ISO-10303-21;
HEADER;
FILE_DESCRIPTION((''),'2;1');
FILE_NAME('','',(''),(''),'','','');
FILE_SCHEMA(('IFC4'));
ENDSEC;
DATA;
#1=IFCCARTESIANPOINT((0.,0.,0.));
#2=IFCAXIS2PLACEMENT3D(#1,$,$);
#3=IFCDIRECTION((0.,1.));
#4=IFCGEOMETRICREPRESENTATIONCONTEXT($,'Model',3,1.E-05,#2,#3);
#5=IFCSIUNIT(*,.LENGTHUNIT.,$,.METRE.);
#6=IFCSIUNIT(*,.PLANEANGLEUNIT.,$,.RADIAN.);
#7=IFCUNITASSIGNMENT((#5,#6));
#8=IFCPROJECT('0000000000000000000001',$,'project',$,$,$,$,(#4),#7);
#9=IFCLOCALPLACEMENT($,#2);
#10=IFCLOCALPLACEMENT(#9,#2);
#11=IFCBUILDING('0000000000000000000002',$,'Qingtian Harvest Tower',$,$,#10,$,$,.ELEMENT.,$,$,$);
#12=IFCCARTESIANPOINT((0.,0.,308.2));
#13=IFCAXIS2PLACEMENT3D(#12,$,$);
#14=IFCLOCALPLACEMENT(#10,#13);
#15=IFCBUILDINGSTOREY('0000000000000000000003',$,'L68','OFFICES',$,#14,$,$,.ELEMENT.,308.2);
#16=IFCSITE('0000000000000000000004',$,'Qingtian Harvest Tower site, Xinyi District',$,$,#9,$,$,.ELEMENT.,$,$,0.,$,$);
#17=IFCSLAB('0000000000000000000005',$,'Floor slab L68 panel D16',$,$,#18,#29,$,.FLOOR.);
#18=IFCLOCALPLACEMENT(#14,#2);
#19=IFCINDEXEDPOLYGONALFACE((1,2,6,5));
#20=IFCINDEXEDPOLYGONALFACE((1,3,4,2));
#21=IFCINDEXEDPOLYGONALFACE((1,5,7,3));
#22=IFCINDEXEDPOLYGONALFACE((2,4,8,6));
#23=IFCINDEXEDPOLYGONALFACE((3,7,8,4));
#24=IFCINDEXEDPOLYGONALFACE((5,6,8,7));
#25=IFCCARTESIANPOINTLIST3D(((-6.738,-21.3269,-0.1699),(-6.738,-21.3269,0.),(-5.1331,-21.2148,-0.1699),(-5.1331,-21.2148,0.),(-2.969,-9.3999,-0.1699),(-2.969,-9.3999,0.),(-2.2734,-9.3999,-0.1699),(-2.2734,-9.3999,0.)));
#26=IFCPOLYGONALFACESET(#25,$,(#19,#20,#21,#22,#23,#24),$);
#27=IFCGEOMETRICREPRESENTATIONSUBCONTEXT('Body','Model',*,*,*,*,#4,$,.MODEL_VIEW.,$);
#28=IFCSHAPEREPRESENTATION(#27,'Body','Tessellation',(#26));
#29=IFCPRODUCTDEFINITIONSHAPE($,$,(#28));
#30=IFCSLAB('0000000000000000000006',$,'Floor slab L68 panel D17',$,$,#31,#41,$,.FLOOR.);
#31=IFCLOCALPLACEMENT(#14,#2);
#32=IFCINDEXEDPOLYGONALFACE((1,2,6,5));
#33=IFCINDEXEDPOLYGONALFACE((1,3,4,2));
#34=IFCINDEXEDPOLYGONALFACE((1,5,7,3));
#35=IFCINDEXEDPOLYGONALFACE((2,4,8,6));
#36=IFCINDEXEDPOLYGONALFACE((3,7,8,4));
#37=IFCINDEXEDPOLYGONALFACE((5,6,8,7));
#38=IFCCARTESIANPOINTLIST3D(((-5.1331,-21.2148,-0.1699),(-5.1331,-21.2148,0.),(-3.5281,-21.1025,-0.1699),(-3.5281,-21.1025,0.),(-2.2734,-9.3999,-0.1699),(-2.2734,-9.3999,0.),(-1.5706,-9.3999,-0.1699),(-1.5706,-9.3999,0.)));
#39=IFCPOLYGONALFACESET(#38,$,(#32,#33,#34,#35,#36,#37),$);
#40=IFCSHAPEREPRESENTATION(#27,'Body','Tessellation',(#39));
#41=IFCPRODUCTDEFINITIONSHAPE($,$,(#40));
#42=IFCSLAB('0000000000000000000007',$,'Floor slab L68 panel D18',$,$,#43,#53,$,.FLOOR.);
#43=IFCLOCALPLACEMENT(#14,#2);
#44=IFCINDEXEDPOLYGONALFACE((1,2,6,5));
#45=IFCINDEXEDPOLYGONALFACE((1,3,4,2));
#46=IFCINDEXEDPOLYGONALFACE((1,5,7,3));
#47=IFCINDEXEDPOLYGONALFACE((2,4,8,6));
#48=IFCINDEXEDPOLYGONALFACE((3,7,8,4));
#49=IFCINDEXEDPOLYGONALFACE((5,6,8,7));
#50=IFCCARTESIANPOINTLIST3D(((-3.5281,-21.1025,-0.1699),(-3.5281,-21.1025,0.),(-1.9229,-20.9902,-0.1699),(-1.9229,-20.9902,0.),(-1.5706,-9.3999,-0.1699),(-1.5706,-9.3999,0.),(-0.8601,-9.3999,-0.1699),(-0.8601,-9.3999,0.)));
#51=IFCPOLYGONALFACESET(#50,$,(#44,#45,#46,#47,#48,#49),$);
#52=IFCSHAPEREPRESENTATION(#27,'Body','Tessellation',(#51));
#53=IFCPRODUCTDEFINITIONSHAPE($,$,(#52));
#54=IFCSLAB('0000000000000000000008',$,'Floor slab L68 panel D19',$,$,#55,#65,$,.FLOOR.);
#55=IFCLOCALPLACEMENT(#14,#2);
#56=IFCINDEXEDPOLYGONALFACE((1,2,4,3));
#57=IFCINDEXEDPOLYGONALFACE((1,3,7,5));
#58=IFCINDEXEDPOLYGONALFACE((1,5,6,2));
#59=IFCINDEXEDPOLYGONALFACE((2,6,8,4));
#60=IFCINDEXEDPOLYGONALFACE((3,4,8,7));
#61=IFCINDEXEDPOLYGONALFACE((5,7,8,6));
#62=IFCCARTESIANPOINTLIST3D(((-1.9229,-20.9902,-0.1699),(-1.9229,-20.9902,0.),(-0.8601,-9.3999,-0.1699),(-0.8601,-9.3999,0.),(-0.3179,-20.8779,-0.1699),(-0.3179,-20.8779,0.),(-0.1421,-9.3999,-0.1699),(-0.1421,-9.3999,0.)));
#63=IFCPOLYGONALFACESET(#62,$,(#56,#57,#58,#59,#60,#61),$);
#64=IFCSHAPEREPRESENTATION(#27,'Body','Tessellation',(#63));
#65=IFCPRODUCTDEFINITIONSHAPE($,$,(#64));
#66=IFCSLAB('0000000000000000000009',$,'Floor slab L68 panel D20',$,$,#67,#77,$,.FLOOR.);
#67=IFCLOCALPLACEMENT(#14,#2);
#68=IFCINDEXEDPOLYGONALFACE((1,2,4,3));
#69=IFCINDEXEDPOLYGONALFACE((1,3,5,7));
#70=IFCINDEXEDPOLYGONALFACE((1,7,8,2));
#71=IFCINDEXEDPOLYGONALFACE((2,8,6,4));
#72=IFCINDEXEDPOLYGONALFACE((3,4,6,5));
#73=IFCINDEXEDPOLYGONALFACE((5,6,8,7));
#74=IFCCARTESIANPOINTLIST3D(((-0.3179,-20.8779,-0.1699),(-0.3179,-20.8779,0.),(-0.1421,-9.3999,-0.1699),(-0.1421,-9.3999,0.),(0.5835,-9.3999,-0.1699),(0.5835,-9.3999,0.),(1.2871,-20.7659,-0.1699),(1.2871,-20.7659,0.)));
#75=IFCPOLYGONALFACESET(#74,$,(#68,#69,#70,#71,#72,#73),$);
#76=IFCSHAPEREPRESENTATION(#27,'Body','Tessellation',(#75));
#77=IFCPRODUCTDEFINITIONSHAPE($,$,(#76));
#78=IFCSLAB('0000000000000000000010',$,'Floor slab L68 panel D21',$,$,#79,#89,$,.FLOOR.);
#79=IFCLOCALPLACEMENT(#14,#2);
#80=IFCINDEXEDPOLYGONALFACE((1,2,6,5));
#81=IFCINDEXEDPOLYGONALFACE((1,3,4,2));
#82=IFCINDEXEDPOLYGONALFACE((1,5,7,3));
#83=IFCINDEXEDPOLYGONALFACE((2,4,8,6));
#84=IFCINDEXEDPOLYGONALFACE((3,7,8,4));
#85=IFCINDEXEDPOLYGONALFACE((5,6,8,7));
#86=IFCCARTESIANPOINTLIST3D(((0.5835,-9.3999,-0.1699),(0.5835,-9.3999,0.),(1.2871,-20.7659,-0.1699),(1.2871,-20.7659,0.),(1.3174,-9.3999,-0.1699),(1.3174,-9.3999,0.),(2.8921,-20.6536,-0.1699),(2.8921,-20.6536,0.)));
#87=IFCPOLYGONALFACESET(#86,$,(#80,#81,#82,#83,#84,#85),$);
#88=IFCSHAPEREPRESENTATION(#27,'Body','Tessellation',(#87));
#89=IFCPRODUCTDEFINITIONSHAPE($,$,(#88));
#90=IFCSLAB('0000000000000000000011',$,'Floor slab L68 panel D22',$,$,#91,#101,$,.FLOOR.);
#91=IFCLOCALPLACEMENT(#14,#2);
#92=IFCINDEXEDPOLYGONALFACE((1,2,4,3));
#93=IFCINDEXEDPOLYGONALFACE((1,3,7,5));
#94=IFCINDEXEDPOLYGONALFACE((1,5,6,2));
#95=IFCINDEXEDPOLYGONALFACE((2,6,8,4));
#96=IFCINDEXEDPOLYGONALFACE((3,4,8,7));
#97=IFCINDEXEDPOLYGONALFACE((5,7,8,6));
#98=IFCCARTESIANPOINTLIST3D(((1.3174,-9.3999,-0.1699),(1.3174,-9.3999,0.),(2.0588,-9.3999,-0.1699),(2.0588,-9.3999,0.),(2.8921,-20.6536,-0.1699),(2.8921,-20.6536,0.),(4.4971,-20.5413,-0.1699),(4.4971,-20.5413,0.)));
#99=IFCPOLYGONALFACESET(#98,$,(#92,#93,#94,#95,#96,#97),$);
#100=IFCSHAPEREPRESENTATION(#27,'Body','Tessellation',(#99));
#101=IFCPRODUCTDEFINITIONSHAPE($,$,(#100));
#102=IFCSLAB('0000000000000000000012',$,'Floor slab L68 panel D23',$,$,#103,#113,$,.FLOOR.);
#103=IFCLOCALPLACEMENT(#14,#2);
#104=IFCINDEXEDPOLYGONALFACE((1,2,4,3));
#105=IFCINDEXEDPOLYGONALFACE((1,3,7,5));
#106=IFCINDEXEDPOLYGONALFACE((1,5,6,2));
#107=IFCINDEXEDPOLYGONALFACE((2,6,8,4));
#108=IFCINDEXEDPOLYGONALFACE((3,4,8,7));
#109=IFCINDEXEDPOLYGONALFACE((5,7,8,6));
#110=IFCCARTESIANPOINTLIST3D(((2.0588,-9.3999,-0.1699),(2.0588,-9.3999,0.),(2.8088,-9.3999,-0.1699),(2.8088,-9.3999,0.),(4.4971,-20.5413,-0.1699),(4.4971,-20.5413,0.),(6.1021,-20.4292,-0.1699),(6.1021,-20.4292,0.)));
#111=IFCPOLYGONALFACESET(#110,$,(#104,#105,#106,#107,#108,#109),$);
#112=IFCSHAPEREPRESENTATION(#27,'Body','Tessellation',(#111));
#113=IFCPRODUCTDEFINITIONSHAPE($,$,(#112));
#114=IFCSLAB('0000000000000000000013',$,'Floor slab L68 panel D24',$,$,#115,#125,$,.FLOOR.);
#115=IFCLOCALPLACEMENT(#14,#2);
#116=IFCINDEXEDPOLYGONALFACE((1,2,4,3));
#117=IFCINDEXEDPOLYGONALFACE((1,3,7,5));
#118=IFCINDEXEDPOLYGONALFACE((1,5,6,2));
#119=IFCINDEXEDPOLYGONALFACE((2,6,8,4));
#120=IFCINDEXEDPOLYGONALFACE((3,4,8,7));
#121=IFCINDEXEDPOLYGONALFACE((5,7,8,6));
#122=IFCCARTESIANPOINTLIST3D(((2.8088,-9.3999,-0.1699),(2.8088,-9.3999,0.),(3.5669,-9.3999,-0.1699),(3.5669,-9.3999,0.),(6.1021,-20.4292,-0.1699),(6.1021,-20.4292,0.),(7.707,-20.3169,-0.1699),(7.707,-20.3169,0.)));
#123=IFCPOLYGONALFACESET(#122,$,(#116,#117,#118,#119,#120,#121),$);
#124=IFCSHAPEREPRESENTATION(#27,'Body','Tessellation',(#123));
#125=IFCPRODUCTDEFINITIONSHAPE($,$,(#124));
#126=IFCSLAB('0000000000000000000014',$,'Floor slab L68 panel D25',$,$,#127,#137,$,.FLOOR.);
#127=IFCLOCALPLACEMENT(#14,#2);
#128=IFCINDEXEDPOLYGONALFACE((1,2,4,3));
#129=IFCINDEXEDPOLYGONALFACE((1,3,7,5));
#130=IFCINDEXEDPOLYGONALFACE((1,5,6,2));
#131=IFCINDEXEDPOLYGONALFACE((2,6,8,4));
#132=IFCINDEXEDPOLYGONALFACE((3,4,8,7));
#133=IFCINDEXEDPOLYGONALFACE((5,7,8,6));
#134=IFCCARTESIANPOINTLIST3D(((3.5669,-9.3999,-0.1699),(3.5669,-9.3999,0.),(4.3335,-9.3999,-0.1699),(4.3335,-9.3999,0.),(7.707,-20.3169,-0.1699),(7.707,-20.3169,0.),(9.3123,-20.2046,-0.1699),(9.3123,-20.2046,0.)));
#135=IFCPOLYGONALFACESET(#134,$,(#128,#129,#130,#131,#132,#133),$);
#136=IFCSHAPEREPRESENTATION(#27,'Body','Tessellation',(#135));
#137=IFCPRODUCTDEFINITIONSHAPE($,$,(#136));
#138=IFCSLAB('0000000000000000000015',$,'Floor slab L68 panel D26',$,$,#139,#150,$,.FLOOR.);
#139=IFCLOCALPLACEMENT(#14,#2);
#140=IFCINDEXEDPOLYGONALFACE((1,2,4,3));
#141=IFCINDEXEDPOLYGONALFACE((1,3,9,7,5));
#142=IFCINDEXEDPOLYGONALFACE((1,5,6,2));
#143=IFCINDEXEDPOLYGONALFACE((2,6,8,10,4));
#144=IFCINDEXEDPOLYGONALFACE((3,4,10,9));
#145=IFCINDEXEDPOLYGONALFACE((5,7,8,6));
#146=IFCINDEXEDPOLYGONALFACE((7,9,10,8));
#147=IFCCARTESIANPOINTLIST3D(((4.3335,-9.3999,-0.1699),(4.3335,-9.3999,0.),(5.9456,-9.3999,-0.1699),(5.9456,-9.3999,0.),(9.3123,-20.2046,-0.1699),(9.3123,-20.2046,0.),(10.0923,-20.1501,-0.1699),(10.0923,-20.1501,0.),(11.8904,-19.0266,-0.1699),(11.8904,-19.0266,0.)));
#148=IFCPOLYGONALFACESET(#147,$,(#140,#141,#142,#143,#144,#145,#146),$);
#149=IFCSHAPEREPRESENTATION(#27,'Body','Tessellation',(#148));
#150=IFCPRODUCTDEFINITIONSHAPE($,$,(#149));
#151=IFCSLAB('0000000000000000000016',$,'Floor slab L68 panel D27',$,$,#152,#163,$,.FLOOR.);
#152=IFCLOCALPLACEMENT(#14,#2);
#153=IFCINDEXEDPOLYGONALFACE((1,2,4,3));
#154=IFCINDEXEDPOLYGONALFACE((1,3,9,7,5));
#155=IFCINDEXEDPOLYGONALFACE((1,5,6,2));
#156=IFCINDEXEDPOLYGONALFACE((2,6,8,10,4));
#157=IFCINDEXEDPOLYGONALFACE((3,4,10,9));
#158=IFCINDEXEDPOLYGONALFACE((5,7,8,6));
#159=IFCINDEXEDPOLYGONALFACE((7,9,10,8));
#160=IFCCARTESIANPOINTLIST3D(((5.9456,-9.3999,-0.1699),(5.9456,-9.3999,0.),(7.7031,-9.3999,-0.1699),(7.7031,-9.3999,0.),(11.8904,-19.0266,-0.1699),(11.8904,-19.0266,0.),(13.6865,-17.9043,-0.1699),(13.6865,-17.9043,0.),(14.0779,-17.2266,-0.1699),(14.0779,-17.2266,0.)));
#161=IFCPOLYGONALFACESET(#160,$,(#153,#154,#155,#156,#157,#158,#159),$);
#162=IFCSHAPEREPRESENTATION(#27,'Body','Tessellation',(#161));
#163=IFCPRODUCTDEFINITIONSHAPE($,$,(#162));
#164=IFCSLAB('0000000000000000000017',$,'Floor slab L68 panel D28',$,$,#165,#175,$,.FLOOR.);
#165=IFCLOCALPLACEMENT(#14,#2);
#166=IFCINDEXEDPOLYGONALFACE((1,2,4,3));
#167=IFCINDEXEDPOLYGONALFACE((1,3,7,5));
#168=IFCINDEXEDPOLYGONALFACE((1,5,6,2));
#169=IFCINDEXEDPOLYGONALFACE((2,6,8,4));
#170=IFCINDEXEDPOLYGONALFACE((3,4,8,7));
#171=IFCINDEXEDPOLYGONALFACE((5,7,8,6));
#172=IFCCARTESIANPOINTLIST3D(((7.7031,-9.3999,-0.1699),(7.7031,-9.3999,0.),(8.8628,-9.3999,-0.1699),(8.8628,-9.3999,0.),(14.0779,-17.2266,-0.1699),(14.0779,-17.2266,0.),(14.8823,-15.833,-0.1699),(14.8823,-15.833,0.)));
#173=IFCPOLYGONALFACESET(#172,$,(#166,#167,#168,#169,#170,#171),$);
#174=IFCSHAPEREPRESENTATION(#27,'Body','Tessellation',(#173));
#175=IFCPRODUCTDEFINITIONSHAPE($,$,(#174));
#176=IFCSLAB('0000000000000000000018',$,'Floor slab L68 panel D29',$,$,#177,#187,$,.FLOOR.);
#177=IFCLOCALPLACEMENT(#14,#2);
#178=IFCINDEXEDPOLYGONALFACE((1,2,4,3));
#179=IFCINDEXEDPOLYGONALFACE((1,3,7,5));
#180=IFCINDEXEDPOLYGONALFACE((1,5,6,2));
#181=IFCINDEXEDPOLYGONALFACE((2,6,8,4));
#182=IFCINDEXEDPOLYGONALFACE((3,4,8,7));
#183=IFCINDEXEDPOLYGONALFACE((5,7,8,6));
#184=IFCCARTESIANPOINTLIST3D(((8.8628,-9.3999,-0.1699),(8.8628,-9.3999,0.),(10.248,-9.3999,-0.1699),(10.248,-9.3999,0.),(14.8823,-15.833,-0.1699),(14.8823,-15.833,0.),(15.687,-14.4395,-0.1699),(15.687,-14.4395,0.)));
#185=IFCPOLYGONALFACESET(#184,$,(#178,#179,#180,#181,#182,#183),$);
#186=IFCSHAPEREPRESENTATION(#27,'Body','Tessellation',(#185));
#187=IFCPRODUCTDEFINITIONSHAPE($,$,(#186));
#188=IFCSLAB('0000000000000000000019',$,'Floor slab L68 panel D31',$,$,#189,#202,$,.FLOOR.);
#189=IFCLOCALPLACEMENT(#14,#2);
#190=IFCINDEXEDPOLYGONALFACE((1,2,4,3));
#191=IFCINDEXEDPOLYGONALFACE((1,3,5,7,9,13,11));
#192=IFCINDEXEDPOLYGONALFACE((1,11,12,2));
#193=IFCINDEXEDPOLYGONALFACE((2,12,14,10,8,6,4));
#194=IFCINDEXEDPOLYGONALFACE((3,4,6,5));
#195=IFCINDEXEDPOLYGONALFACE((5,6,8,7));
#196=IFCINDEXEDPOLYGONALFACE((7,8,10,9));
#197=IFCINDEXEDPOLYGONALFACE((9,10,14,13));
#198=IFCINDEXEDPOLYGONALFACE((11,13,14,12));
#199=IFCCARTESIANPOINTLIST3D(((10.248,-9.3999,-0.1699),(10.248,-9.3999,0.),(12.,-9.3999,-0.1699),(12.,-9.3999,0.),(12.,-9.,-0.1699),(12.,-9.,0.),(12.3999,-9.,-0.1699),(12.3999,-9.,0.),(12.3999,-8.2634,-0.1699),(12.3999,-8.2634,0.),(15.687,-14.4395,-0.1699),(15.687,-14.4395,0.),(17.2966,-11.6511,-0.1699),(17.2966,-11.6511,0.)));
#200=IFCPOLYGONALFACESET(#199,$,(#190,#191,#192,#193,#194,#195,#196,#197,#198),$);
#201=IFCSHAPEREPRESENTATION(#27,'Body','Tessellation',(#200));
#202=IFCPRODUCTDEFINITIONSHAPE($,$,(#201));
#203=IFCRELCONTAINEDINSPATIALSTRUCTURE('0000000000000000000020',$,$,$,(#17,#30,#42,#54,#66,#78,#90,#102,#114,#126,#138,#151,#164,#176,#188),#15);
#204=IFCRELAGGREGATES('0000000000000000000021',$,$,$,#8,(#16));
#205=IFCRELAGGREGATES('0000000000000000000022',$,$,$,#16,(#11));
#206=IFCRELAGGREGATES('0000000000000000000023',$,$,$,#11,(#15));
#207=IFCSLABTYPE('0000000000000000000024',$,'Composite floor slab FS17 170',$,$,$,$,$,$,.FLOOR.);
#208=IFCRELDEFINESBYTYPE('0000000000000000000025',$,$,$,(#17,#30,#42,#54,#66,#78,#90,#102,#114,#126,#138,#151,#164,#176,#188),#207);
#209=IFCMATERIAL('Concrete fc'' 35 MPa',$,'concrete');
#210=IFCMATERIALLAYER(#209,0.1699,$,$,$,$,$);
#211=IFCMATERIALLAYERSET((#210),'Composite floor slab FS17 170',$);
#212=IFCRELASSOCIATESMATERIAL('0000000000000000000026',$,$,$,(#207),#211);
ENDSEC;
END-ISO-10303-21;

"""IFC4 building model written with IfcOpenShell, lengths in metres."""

from ifc_helpers import new_model, si_unit, direction, frame, origin, place, context, subcontext, project, spatial, polyline, outline, extrude, material, layer, layer_set, type_object, element, save


model = new_model("IFC4")

# Units and contexts
model_context = context("Model", 3, precision=1e-05, world=origin(), true_north=direction((0.0, 1.0)))
body_context = subcontext(model_context, "Body", "Model", "MODEL_VIEW")
ifc_project = project(units=[si_unit("LENGTHUNIT", "METRE"), si_unit("PLANEANGLEUNIT", "RADIAN")], contexts=[model_context])

# Site, building, storey
site_placement = place(None, origin())
site = spatial("IfcSite", under=ifc_project, at=site_placement, Name="Qingtian Harvest Tower site, Xinyi District", CompositionType="ELEMENT", RefElevation=0.0)
building_placement = place(site_placement, origin())
building = spatial("IfcBuilding", under=site, at=building_placement, Name="Qingtian Harvest Tower", CompositionType="ELEMENT")
storey_placement = place(building_placement, frame((0.0, 0.0, 308.2)))
storey = spatial("IfcBuildingStorey", under=building, at=storey_placement, Name="L68", Description="OFFICES", CompositionType="ELEMENT", Elevation=308.2)

# Slabs
ifc_material = material(Name="Concrete fc' 35 MPa", Category="concrete")
ifc_layer = layer(ifc_material, 0.1699)
ifc_layer_set = layer_set([ifc_layer], Name="Composite floor slab FS17 170")
slab_type = type_object("IfcSlabType", Name="Composite floor slab FS17 170", PredefinedType="FLOOR", material=ifc_layer_set)
slab_1_placement = place(storey_placement, frame((0.0, 0.0, -0.1699)))
element("IfcSlab", 1, at=slab_1_placement, inside=storey, type_object=slab_type, Name="Floor slab L68 panel D16", PredefinedType="FLOOR", context=body_context, shape_type="SweptSolid", body=[
    extrude(outline(polyline([(-2.2734, -9.3999), (-5.1331, -21.2148), (-6.738, -21.3269), (-2.969, -9.3999), (-2.2734, -9.3999)])), origin(), (0.0, 0.0, 1.0), 0.1699),
])
slab_2_placement = place(storey_placement, frame((0.0, 0.0, -0.1699)))
element("IfcSlab", 2, at=slab_2_placement, inside=storey, type_object=slab_type, Name="Floor slab L68 panel D17", PredefinedType="FLOOR", context=body_context, shape_type="SweptSolid", body=[
    extrude(outline(polyline([(-1.5706, -9.3999), (-3.5281, -21.1025), (-5.1331, -21.2148), (-2.2734, -9.3999), (-1.5706, -9.3999)])), origin(), (0.0, 0.0, 1.0), 0.1699),
])
slab_3_placement = place(storey_placement, frame((0.0, 0.0, -0.1699)))
element("IfcSlab", 3, at=slab_3_placement, inside=storey, type_object=slab_type, Name="Floor slab L68 panel D18", PredefinedType="FLOOR", context=body_context, shape_type="SweptSolid", body=[
    extrude(outline(polyline([(-0.8601, -9.3999), (-1.9229, -20.9902), (-3.5281, -21.1025), (-1.5706, -9.3999), (-0.8601, -9.3999)])), origin(), (0.0, 0.0, 1.0), 0.1699),
])
slab_4_placement = place(storey_placement, frame((0.0, 0.0, -0.1699)))
element("IfcSlab", 4, at=slab_4_placement, inside=storey, type_object=slab_type, Name="Floor slab L68 panel D19", PredefinedType="FLOOR", context=body_context, shape_type="SweptSolid", body=[
    extrude(outline(polyline([(-0.1421, -9.3999), (-0.3179, -20.8779), (-1.9229, -20.9902), (-0.8601, -9.3999), (-0.1421, -9.3999)])), origin(), (0.0, 0.0, 1.0), 0.1699),
])
slab_5_placement = place(storey_placement, frame((0.0, 0.0, -0.1699)))
element("IfcSlab", 5, at=slab_5_placement, inside=storey, type_object=slab_type, Name="Floor slab L68 panel D20", PredefinedType="FLOOR", context=body_context, shape_type="SweptSolid", body=[
    extrude(outline(polyline([(0.5835, -9.3999), (1.2871, -20.7659), (-0.3179, -20.8779), (-0.1421, -9.3999), (0.5835, -9.3999)])), origin(), (0.0, 0.0, 1.0), 0.1699),
])
slab_6_placement = place(storey_placement, frame((0.0, 0.0, -0.1699)))
element("IfcSlab", 6, at=slab_6_placement, inside=storey, type_object=slab_type, Name="Floor slab L68 panel D21", PredefinedType="FLOOR", context=body_context, shape_type="SweptSolid", body=[
    extrude(outline(polyline([(1.3174, -9.3999), (2.8921, -20.6536), (1.2871, -20.7659), (0.5835, -9.3999), (1.3174, -9.3999)])), origin(), (0.0, 0.0, 1.0), 0.1699),
])
slab_7_placement = place(storey_placement, frame((0.0, 0.0, -0.1699)))
element("IfcSlab", 7, at=slab_7_placement, inside=storey, type_object=slab_type, Name="Floor slab L68 panel D22", PredefinedType="FLOOR", context=body_context, shape_type="SweptSolid", body=[
    extrude(outline(polyline([(2.0588, -9.3999), (4.4971, -20.5413), (2.8921, -20.6536), (1.3174, -9.3999), (2.0588, -9.3999)])), origin(), (0.0, 0.0, 1.0), 0.1699),
])
slab_8_placement = place(storey_placement, frame((0.0, 0.0, -0.1699)))
element("IfcSlab", 8, at=slab_8_placement, inside=storey, type_object=slab_type, Name="Floor slab L68 panel D23", PredefinedType="FLOOR", context=body_context, shape_type="SweptSolid", body=[
    extrude(outline(polyline([(2.8088, -9.3999), (6.1021, -20.4292), (4.4971, -20.5413), (2.0588, -9.3999), (2.8088, -9.3999)])), origin(), (0.0, 0.0, 1.0), 0.1699),
])
slab_9_placement = place(storey_placement, frame((0.0, 0.0, -0.1699)))
element("IfcSlab", 9, at=slab_9_placement, inside=storey, type_object=slab_type, Name="Floor slab L68 panel D24", PredefinedType="FLOOR", context=body_context, shape_type="SweptSolid", body=[
    extrude(outline(polyline([(3.5669, -9.3999), (7.707, -20.3169), (6.1021, -20.4292), (2.8088, -9.3999), (3.5669, -9.3999)])), origin(), (0.0, 0.0, 1.0), 0.1699),
])
slab_10_placement = place(storey_placement, frame((0.0, 0.0, -0.1699)))
element("IfcSlab", 10, at=slab_10_placement, inside=storey, type_object=slab_type, Name="Floor slab L68 panel D25", PredefinedType="FLOOR", context=body_context, shape_type="SweptSolid", body=[
    extrude(outline(polyline([(4.3335, -9.3999), (9.3123, -20.2046), (7.707, -20.3169), (3.5669, -9.3999), (4.3335, -9.3999)])), origin(), (0.0, 0.0, 1.0), 0.1699),
])
slab_11_placement = place(storey_placement, frame((0.0, 0.0, -0.1699)))
element("IfcSlab", 11, at=slab_11_placement, inside=storey, type_object=slab_type, Name="Floor slab L68 panel D26", PredefinedType="FLOOR", context=body_context, shape_type="SweptSolid", body=[
    extrude(outline(polyline([(4.3335, -9.3999), (5.9456, -9.3999), (11.8904, -19.0266), (10.0923, -20.1501), (9.3123, -20.2046), (4.3335, -9.3999)])), origin(), (0.0, 0.0, 1.0), 0.1699),
])
slab_12_placement = place(storey_placement, frame((0.0, 0.0, -0.1699)))
element("IfcSlab", 12, at=slab_12_placement, inside=storey, type_object=slab_type, Name="Floor slab L68 panel D27", PredefinedType="FLOOR", context=body_context, shape_type="SweptSolid", body=[
    extrude(outline(polyline([(5.9456, -9.3999), (7.7031, -9.3999), (14.0779, -17.2266), (13.6865, -17.9043), (11.8904, -19.0266), (5.9456, -9.3999)])), origin(), (0.0, 0.0, 1.0), 0.1699),
])
slab_13_placement = place(storey_placement, frame((0.0, 0.0, -0.1699)))
element("IfcSlab", 13, at=slab_13_placement, inside=storey, type_object=slab_type, Name="Floor slab L68 panel D28", PredefinedType="FLOOR", context=body_context, shape_type="SweptSolid", body=[
    extrude(outline(polyline([(8.8628, -9.3999), (14.8823, -15.833), (14.0779, -17.2266), (7.7031, -9.3999), (8.8628, -9.3999)])), origin(), (0.0, 0.0, 1.0), 0.1699),
])
slab_14_placement = place(storey_placement, frame((0.0, 0.0, -0.1699)))
element("IfcSlab", 14, at=slab_14_placement, inside=storey, type_object=slab_type, Name="Floor slab L68 panel D29", PredefinedType="FLOOR", context=body_context, shape_type="SweptSolid", body=[
    extrude(outline(polyline([(10.248, -9.3999), (15.687, -14.4395), (14.8823, -15.833), (8.8628, -9.3999), (10.248, -9.3999)])), origin(), (0.0, 0.0, 1.0), 0.1699),
])
slab_15_placement = place(storey_placement, frame((0.0, 0.0, -0.1699)))
element("IfcSlab", 15, at=slab_15_placement, inside=storey, type_object=slab_type, Name="Floor slab L68 panel D31", PredefinedType="FLOOR", context=body_context, shape_type="SweptSolid", body=[
    extrude(outline(polyline([(12.3999, -8.2634), (17.2966, -11.6511), (15.687, -14.4395), (10.248, -9.3999), (12.0, -9.3999), (12.0, -9.0), (12.3999, -9.0), (12.3999, -8.2634)])), origin(), (0.0, 0.0, 1.0), 0.1699),
])

save(model, "model.ifc")
